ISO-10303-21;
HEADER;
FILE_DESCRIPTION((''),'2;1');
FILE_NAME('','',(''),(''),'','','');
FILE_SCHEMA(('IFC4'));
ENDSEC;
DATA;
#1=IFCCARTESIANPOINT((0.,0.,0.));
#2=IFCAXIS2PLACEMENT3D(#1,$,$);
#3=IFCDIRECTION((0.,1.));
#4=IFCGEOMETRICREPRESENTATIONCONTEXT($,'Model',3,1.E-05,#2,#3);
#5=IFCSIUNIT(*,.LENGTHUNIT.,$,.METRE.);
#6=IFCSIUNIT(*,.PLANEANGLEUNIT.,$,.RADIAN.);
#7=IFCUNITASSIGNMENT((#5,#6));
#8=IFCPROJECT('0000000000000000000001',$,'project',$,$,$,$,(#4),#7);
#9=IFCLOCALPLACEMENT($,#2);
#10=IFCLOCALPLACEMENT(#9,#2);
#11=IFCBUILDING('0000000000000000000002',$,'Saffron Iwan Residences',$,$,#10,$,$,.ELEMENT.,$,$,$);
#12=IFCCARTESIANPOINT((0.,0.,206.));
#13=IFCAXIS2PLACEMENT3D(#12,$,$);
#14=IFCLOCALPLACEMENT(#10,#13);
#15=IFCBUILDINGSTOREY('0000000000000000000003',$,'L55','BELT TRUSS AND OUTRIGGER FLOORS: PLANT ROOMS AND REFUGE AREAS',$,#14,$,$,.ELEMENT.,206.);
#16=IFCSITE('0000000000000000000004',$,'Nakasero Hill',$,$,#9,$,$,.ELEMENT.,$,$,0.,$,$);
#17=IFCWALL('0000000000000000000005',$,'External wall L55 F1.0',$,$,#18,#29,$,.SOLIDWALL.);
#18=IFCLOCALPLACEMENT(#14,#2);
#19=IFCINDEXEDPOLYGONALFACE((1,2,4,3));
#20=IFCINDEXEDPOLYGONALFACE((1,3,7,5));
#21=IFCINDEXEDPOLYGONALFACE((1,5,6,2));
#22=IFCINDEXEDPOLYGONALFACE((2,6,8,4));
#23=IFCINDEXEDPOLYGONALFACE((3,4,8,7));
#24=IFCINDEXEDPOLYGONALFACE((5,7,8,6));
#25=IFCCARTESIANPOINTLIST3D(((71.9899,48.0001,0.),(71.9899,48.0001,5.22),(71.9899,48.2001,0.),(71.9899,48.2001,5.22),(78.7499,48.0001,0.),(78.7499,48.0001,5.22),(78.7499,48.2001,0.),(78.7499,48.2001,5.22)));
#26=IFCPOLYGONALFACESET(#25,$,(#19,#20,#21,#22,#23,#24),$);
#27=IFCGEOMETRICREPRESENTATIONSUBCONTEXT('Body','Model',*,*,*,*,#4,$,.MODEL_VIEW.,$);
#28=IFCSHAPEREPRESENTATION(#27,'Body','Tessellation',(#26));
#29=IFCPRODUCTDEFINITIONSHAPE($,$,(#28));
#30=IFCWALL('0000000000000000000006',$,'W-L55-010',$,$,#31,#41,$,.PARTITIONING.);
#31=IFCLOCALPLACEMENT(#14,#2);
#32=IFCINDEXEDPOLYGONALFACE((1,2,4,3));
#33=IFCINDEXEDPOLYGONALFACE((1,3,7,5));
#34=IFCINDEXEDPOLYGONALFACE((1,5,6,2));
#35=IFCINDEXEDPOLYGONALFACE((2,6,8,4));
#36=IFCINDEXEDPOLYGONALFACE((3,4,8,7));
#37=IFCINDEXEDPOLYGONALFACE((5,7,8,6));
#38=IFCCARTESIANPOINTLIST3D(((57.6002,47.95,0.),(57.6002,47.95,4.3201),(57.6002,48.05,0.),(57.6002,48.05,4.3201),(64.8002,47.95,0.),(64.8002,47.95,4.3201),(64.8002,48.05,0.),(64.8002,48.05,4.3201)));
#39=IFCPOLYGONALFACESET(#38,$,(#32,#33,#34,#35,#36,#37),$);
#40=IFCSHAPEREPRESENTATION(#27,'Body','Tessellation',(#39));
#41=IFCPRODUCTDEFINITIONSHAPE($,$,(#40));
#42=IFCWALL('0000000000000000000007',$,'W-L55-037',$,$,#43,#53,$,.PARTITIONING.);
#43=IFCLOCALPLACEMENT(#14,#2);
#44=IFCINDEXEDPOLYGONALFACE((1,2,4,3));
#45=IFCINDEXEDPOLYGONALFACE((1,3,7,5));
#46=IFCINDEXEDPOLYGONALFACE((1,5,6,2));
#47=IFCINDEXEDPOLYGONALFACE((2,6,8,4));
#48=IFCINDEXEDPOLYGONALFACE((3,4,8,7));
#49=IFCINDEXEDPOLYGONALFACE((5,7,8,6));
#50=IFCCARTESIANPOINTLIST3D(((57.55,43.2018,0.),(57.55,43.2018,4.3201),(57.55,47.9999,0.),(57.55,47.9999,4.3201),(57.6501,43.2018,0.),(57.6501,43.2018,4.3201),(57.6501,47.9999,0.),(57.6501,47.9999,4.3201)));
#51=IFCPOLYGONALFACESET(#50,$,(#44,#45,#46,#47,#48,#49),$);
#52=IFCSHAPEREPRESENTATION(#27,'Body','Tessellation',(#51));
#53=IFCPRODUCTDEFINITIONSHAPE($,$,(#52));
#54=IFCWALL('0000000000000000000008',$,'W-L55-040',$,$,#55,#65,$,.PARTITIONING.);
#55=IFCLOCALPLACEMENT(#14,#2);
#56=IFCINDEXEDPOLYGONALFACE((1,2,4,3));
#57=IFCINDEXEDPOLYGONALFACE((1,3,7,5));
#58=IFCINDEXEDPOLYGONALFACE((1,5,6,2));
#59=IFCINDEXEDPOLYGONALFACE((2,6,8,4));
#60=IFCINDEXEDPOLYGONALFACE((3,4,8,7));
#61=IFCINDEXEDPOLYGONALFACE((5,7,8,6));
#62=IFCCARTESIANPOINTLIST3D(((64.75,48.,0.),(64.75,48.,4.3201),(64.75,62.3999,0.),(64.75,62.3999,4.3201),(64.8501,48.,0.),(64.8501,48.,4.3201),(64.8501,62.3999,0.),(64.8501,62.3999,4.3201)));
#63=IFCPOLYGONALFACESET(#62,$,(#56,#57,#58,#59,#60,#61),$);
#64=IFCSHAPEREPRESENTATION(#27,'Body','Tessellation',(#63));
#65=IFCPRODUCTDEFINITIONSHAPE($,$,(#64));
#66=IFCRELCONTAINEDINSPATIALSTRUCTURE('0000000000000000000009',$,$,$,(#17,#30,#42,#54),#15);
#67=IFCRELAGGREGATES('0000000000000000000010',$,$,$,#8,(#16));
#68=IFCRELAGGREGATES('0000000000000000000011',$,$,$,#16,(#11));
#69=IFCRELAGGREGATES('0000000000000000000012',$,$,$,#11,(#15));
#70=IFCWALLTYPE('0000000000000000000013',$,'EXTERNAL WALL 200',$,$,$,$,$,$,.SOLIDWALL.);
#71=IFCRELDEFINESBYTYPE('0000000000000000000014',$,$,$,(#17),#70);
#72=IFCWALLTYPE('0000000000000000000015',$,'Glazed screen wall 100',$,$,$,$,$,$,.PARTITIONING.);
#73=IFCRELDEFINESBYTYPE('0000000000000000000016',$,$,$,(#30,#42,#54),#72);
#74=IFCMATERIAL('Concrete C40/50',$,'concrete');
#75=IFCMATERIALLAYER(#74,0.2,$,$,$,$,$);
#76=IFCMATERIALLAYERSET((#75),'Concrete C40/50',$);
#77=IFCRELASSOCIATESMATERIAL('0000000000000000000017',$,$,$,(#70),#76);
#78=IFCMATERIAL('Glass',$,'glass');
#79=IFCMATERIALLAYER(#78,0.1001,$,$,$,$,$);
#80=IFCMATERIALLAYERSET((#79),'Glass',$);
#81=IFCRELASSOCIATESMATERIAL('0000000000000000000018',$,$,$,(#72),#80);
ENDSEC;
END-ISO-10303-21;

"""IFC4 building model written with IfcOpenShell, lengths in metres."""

from ifc_helpers import new_model, si_unit, direction, frame, frame_2d, origin, place, context, subcontext, project, spatial, rectangle, extrude, material, layer, layer_set, type_object, element, save


model = new_model("IFC4")

# Units and contexts
model_context = context("Model", 3, precision=1e-05, world=origin(), true_north=direction((0.0, 1.0)))
body_context = subcontext(model_context, "Body", "Model", "MODEL_VIEW")
ifc_project = project(units=[si_unit("LENGTHUNIT", "METRE"), si_unit("PLANEANGLEUNIT", "RADIAN")], contexts=[model_context])

# Site, building, storey
site_placement = place(None, origin())
site = spatial("IfcSite", under=ifc_project, at=site_placement, Name="Nakasero Hill", CompositionType="ELEMENT", RefElevation=0.0)
building_placement = place(site_placement, origin())
building = spatial("IfcBuilding", under=site, at=building_placement, Name="Saffron Iwan Residences", CompositionType="ELEMENT")
storey_placement = place(building_placement, frame((0.0, 0.0, 206.0)))
storey = spatial("IfcBuildingStorey", under=building, at=storey_placement, Name="L55", Description="BELT TRUSS AND OUTRIGGER FLOORS: PLANT ROOMS AND REFUGE AREAS", CompositionType="ELEMENT", Elevation=206.0)

# Walls
ifc_material_1 = material(Name="Concrete C40/50", Category="concrete")
ifc_layer_1 = layer(ifc_material_1, 0.2)
ifc_layer_set_1 = layer_set([ifc_layer_1], Name="Concrete C40/50")
wall_type_1 = type_object("IfcWallType", Name="EXTERNAL WALL 200", PredefinedType="SOLIDWALL", material=ifc_layer_set_1)
wall_1_placement = place(storey_placement, frame((71.99, 48.1001, 0.0), z_axis=(0.0, 0.0, 1.0), x_axis=(1.0, 0.0, 0.0)))
element("IfcWall", 1, at=wall_1_placement, inside=storey, type_object=wall_type_1, Name="External wall L55 F1.0", PredefinedType="SOLIDWALL", context=body_context, shape_type="SweptSolid", body=[
    extrude(rectangle(XDim=6.76, YDim=0.2, at=frame_2d((3.3799, 0.0))), origin(), (0.0, 0.0, 1.0), 5.22),
])
ifc_material_2 = material(Name="Glass", Category="glass")
ifc_layer_2 = layer(ifc_material_2, 0.1001)
ifc_layer_set_2 = layer_set([ifc_layer_2], Name="Glass")
wall_type_2 = type_object("IfcWallType", Name="Glazed screen wall 100", PredefinedType="PARTITIONING", material=ifc_layer_set_2)
wall_2_placement = place(storey_placement, frame((57.6001, 48.0, 0.0), z_axis=(0.0, 0.0, 1.0), x_axis=(1.0, 0.0, 0.0)))
element("IfcWall", 2, at=wall_2_placement, inside=storey, type_object=wall_type_2, Name="W-L55-010", PredefinedType="PARTITIONING", context=body_context, shape_type="SweptSolid", body=[
    extrude(rectangle(XDim=7.2, YDim=0.1001, at=frame_2d((3.6001, 0.0))), origin(), (0.0, 0.0, 1.0), 4.3201),
])
wall_3_placement = place(storey_placement, frame((57.6001, 43.2019, 0.0), z_axis=(0.0, 0.0, 1.0), x_axis=(0.0, 1.0, 0.0)))
element("IfcWall", 3, at=wall_3_placement, inside=storey, type_object=wall_type_2, Name="W-L55-037", PredefinedType="PARTITIONING", context=body_context, shape_type="SweptSolid", body=[
    extrude(rectangle(XDim=4.7981, YDim=0.1001, at=frame_2d((2.3989, 0.0))), origin(), (0.0, 0.0, 1.0), 4.3201),
])
wall_4_placement = place(storey_placement, frame((64.8, 48.0, 0.0), z_axis=(0.0, 0.0, 1.0), x_axis=(0.0, 1.0, 0.0)))
element("IfcWall", 4, at=wall_4_placement, inside=storey, type_object=wall_type_2, Name="W-L55-040", PredefinedType="PARTITIONING", context=body_context, shape_type="SweptSolid", body=[
    extrude(rectangle(XDim=14.3999, YDim=0.1001, at=frame_2d((7.2, 0.0))), origin(), (0.0, 0.0, 1.0), 4.3201),
])

save(model, "model.ifc")
